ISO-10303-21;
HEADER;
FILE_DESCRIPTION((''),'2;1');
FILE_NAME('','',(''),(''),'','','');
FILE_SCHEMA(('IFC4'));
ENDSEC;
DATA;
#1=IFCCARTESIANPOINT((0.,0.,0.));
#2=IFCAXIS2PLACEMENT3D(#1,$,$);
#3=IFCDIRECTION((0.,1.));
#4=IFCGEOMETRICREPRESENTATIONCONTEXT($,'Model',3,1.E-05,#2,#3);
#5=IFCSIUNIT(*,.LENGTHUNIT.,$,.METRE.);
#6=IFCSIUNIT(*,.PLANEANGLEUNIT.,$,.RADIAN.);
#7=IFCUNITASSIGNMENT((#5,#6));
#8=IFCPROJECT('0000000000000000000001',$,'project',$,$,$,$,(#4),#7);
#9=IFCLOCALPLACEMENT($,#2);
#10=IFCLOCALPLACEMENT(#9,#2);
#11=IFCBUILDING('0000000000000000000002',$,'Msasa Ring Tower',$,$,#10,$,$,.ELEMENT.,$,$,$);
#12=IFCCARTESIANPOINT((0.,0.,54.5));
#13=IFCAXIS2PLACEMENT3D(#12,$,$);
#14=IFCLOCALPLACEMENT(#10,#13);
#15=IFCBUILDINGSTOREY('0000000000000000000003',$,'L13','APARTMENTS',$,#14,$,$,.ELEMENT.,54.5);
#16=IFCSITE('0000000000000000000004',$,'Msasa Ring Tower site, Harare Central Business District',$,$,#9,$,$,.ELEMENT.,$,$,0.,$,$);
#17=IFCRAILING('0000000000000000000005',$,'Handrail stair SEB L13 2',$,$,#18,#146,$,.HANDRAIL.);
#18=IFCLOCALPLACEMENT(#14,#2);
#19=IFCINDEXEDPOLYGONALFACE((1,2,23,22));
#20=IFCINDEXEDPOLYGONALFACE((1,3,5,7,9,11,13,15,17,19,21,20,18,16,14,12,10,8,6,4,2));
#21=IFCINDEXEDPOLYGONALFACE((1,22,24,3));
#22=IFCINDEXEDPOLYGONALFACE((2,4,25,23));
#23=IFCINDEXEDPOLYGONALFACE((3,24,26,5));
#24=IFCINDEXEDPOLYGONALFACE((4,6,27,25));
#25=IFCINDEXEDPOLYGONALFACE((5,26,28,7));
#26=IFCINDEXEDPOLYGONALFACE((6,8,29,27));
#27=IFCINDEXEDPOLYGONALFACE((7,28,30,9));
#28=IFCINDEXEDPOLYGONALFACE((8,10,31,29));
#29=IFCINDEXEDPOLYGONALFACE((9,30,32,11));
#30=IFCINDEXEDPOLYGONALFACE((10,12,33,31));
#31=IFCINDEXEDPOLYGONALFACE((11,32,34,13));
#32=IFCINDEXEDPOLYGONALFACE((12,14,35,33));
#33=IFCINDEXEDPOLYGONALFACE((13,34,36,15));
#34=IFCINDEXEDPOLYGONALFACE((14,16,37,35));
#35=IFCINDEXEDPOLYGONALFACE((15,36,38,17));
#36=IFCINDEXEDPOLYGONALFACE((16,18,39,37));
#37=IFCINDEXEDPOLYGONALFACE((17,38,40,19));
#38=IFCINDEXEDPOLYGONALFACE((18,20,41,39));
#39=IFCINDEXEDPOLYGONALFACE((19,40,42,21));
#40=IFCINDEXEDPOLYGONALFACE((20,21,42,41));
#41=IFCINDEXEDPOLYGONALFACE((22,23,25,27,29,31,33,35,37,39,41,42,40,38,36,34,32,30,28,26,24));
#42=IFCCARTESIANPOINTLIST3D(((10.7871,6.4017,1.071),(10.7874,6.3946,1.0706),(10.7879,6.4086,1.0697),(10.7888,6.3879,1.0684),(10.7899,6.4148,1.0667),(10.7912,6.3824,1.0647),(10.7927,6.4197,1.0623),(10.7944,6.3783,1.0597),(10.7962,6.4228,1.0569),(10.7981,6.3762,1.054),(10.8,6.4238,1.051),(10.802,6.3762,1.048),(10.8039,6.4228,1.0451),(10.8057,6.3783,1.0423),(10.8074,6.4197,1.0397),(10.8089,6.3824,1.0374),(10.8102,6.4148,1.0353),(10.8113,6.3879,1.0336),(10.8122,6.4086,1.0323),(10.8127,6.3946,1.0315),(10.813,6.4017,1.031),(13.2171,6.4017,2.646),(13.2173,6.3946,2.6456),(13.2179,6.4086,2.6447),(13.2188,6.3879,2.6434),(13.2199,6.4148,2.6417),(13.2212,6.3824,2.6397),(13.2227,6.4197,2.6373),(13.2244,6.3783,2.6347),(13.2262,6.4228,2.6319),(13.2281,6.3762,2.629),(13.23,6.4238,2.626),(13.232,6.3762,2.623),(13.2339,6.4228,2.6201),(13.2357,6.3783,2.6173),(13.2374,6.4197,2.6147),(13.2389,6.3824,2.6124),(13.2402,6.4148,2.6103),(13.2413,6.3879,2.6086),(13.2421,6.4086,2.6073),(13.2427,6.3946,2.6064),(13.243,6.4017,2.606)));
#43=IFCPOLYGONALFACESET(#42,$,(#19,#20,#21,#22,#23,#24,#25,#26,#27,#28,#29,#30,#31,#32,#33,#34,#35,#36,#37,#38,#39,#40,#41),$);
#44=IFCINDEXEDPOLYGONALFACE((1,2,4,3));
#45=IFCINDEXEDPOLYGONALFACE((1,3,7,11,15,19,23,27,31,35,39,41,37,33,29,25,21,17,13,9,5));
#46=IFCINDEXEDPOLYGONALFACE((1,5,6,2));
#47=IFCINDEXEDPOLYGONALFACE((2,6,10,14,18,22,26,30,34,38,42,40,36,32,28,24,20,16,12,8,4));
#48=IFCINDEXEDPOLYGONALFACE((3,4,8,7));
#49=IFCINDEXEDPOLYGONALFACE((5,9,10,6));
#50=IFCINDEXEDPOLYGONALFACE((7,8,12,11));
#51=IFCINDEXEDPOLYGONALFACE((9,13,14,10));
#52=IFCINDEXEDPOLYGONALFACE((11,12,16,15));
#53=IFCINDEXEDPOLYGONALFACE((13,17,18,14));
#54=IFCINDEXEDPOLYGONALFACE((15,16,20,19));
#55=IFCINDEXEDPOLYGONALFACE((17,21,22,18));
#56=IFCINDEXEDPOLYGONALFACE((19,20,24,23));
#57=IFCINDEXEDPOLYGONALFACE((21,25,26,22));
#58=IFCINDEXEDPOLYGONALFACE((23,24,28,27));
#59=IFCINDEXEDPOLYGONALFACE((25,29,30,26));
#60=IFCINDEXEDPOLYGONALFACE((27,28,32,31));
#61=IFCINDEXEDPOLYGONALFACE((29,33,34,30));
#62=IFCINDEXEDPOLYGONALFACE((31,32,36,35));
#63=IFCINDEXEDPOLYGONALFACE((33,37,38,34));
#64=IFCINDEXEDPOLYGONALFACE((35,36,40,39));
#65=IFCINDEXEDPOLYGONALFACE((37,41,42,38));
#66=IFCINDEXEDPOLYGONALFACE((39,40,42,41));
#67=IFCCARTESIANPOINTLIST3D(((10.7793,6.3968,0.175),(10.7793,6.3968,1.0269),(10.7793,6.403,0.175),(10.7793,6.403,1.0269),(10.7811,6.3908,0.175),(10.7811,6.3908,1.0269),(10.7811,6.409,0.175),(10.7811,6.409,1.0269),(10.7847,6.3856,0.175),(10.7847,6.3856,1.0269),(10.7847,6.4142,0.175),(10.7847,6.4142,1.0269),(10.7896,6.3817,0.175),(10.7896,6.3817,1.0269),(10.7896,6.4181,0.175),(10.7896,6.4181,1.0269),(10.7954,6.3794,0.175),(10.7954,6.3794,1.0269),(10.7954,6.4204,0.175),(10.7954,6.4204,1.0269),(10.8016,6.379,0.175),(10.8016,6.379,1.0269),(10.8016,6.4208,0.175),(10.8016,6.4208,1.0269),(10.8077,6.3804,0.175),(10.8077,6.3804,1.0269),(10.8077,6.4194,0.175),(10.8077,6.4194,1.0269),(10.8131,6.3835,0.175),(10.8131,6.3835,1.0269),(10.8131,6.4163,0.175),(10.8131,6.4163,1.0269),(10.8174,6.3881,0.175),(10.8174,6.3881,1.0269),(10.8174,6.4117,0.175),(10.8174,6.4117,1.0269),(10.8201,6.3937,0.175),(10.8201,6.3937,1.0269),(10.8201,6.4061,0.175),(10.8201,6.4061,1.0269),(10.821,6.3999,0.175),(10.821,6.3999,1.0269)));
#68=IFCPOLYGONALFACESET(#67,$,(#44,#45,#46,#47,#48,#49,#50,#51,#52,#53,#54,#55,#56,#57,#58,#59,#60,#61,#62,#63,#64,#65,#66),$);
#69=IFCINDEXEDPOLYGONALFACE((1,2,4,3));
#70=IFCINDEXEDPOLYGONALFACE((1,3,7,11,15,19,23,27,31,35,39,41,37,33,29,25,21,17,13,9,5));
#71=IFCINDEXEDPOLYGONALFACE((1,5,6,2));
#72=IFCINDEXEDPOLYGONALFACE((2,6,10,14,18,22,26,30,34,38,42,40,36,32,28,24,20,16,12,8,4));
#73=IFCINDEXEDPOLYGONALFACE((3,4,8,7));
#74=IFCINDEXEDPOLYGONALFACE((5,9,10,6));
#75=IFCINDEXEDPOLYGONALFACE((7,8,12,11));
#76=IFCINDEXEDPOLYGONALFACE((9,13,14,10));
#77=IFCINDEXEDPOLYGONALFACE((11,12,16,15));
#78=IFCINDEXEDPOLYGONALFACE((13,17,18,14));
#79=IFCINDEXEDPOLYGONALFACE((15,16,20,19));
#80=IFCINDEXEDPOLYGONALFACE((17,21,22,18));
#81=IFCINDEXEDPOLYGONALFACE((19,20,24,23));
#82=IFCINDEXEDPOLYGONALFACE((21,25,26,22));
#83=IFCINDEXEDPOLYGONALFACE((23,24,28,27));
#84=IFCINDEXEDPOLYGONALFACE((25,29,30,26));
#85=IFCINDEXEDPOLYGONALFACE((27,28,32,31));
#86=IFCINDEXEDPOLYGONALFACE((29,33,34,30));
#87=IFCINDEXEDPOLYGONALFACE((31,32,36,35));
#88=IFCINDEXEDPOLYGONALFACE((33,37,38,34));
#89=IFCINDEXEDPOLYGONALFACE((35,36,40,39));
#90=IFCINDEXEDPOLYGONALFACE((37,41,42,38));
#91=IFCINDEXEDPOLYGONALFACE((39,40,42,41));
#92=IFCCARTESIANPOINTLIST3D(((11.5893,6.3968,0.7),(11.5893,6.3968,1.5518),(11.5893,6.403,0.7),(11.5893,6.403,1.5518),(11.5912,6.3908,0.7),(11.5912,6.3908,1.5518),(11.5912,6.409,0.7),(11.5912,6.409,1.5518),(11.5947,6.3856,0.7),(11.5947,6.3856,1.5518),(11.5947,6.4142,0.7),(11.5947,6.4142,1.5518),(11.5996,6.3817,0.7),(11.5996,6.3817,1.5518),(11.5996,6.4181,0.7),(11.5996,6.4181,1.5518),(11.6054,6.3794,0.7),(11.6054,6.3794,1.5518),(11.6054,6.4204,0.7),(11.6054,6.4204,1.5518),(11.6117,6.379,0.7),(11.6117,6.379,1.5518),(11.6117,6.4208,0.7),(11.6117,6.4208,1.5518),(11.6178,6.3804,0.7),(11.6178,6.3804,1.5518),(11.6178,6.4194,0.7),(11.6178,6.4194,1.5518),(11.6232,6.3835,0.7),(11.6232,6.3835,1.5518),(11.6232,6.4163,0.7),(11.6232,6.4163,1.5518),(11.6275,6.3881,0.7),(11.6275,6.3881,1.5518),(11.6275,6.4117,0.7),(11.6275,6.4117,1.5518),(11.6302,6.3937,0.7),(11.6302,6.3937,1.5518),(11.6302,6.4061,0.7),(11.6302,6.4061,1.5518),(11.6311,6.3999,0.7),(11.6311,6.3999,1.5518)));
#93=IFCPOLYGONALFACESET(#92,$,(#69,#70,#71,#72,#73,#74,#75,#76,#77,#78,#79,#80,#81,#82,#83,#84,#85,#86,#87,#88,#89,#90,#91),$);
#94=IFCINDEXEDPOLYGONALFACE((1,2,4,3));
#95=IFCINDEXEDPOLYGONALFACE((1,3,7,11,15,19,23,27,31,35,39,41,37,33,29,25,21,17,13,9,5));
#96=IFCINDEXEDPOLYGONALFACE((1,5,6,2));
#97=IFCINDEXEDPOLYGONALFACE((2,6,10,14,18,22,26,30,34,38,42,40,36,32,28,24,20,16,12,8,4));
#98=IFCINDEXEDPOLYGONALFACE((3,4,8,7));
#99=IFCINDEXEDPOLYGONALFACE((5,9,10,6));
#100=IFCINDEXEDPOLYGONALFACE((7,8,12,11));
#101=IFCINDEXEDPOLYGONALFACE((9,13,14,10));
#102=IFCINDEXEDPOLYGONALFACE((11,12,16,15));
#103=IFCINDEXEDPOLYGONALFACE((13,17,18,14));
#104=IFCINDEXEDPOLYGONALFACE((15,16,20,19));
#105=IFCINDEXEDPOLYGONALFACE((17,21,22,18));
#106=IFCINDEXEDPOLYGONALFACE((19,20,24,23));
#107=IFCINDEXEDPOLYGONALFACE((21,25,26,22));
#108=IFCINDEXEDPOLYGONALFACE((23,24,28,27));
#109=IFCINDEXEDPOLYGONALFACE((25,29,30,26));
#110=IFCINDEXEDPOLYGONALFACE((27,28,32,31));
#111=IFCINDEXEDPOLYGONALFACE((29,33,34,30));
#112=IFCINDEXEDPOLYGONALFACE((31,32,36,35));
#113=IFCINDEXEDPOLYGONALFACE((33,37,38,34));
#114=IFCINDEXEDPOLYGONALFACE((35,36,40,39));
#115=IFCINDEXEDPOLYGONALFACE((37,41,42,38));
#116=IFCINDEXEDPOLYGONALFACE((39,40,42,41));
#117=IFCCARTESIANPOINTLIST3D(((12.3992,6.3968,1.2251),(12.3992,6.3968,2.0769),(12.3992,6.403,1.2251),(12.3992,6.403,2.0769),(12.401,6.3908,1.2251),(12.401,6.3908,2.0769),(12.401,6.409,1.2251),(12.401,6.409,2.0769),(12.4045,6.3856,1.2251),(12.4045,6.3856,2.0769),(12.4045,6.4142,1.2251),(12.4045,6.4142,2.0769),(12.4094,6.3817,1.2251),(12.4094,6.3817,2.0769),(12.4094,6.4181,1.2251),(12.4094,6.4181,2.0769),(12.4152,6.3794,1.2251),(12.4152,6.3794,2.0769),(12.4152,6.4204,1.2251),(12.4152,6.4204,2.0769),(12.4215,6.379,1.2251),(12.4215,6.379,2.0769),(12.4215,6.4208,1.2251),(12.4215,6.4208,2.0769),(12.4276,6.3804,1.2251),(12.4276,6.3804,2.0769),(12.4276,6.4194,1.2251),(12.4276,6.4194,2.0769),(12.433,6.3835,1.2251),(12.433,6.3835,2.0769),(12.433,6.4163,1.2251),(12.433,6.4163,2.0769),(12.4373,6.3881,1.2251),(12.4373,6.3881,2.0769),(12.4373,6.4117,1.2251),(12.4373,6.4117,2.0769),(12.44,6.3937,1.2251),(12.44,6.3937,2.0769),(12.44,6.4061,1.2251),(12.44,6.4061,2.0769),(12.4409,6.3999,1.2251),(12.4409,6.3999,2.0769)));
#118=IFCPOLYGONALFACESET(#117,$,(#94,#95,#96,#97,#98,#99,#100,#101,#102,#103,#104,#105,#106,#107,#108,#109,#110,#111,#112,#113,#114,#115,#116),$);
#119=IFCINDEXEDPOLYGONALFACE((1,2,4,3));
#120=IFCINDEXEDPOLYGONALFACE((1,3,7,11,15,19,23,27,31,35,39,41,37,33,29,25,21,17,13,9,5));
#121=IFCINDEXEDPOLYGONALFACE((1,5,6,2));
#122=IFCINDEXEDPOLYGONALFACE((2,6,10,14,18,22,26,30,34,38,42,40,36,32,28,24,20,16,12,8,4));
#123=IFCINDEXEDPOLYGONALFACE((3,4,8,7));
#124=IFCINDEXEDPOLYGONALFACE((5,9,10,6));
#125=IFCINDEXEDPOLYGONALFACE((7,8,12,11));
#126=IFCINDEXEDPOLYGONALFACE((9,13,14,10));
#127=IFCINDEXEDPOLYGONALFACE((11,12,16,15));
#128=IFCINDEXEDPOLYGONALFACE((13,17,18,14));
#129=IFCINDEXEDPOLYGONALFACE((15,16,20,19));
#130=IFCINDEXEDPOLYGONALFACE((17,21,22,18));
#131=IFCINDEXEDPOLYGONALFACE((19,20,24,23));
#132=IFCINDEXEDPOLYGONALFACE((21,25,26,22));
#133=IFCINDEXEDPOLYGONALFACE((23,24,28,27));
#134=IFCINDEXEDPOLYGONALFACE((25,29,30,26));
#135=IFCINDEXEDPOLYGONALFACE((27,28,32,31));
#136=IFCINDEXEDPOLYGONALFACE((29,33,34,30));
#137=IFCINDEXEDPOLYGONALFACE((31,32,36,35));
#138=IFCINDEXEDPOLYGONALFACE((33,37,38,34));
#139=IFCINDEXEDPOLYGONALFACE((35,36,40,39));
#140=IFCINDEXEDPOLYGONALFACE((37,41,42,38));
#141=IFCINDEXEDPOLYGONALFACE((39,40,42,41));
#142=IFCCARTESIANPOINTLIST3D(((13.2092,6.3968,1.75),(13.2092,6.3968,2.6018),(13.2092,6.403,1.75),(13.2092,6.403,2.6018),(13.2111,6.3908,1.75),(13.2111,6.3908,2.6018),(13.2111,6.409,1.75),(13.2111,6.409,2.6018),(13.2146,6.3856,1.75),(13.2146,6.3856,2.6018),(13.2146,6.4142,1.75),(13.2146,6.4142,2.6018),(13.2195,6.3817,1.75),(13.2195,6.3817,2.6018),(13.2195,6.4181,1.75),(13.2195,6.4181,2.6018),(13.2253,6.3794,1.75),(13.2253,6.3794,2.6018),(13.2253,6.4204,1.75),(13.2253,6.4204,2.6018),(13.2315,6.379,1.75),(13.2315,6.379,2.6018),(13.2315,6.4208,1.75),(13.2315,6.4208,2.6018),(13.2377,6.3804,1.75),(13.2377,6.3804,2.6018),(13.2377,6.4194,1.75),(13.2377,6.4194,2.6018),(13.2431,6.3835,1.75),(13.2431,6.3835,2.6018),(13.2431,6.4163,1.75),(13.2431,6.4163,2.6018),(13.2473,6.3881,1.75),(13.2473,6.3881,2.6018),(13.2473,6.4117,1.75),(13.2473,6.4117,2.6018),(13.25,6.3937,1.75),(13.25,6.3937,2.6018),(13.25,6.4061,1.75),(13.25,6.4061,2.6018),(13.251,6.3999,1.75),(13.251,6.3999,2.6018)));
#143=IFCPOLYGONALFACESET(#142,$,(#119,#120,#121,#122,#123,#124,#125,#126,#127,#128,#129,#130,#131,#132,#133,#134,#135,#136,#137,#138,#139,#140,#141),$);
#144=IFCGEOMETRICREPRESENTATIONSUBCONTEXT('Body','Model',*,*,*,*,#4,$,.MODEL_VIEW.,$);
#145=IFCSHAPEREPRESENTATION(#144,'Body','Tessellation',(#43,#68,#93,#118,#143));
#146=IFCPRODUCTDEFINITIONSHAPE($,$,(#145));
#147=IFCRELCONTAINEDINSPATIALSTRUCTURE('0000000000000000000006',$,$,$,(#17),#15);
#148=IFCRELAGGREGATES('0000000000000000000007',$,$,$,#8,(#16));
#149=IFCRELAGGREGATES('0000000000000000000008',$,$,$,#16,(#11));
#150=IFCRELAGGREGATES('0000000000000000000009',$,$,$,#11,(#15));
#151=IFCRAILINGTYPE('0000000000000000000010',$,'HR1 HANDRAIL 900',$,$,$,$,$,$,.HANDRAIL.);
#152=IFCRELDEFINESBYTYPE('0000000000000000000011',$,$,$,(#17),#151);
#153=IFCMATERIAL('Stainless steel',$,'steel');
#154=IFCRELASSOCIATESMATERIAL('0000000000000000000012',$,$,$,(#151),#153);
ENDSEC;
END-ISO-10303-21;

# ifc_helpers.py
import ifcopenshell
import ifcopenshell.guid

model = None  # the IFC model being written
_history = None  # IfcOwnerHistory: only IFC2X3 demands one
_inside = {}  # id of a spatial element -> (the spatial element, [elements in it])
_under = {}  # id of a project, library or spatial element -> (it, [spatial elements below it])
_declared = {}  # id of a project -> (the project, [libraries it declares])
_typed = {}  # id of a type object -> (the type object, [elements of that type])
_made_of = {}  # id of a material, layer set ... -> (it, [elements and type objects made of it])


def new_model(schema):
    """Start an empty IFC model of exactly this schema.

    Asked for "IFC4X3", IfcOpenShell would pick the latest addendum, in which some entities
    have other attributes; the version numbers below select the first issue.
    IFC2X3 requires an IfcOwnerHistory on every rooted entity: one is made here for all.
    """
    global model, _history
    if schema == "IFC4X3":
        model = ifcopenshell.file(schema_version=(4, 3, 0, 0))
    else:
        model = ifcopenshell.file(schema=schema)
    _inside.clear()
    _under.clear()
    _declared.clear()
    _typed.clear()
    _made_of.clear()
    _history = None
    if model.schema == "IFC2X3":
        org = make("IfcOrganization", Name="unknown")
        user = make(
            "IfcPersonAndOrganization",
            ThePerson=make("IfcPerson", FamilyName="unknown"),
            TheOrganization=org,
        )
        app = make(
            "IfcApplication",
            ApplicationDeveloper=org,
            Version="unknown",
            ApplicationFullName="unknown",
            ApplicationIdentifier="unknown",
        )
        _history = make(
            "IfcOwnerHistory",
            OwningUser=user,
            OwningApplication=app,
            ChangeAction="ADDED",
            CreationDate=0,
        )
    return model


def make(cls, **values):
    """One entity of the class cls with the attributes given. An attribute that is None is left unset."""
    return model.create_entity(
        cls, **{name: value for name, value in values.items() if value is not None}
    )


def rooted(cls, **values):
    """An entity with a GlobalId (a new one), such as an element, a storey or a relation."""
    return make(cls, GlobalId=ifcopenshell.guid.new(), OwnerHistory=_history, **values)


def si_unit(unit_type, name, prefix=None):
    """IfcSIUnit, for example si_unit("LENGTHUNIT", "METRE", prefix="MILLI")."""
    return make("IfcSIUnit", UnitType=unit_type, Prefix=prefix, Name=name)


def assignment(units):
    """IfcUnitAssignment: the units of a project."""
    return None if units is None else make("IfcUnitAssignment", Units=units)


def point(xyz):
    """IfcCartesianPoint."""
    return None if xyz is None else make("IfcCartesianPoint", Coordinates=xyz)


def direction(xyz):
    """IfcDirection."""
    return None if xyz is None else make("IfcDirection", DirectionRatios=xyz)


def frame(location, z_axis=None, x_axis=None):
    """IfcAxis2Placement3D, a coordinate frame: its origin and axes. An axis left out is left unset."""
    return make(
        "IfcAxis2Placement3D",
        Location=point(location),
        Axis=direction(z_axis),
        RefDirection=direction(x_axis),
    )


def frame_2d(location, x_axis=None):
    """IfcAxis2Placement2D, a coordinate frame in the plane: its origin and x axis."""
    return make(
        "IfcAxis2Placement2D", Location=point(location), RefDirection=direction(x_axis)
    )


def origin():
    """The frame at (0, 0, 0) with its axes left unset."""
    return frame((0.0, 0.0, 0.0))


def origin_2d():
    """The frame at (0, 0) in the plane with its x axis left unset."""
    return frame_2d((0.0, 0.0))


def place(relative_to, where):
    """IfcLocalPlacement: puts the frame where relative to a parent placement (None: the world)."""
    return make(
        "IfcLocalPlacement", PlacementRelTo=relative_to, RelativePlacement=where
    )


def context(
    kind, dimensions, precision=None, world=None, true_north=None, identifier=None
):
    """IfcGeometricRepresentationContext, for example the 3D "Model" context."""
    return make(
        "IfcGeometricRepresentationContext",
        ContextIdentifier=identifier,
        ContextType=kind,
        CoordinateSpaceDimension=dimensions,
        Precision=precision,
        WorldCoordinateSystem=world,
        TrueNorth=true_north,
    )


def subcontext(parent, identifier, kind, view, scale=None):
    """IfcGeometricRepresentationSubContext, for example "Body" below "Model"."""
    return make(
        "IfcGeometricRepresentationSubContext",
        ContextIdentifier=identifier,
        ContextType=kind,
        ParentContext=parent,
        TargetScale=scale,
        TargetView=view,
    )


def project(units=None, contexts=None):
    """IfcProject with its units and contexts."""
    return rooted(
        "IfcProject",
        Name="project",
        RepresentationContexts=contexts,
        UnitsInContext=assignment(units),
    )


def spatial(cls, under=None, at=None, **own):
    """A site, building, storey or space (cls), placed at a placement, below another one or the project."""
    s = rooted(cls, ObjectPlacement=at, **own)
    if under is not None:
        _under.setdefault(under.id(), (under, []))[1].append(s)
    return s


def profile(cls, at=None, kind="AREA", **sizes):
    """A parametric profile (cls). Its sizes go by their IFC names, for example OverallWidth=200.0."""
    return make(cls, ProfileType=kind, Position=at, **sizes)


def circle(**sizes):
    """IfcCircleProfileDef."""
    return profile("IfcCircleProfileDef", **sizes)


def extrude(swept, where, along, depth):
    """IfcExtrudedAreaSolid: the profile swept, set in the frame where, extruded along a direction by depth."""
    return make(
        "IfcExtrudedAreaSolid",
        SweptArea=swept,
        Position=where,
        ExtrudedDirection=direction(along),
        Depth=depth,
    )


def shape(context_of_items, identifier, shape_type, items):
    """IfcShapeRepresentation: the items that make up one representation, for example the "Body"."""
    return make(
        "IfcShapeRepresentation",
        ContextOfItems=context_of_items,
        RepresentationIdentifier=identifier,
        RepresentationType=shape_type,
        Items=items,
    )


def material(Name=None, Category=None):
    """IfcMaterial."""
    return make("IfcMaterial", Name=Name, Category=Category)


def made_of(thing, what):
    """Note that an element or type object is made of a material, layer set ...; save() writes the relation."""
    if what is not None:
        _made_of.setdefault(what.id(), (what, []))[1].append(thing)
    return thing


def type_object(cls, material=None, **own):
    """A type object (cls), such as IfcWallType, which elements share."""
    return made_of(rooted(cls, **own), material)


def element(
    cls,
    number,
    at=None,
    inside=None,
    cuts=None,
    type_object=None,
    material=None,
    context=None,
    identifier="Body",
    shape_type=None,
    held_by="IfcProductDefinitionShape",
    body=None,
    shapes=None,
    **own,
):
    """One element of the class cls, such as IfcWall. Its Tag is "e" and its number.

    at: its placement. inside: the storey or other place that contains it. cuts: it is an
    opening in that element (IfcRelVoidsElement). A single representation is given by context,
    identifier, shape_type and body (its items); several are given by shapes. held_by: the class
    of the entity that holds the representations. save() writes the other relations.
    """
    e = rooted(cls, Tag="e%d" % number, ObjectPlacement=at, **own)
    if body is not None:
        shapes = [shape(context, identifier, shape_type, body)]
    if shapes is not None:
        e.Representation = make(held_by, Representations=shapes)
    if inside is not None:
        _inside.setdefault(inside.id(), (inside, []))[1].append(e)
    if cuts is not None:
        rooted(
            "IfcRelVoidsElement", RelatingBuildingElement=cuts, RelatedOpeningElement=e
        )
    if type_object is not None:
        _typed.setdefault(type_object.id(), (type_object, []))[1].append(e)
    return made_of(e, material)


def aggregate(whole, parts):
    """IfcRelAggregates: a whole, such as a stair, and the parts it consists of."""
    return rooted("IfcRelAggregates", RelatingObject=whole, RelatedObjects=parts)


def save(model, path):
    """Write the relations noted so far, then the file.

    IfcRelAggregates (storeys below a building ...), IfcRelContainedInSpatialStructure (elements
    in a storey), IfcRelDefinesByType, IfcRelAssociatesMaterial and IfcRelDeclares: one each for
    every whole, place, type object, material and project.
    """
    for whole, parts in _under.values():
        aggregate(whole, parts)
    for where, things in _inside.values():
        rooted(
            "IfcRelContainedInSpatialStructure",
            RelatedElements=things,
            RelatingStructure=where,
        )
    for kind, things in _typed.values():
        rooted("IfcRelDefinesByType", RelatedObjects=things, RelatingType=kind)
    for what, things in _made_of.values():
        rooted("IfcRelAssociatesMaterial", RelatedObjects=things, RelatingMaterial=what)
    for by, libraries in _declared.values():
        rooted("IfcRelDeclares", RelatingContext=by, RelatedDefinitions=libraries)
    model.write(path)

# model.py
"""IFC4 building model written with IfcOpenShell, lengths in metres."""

from ifc_helpers import new_model, si_unit, direction, frame, origin, origin_2d, place, context, subcontext, project, spatial, circle, extrude, material, type_object, element, save


model = new_model("IFC4")

# Units and contexts
model_context = context("Model", 3, precision=1e-05, world=origin(), true_north=direction((0.0, 1.0)))
body_context = subcontext(model_context, "Body", "Model", "MODEL_VIEW")
ifc_project = project(units=[si_unit("LENGTHUNIT", "METRE"), si_unit("PLANEANGLEUNIT", "RADIAN")], contexts=[model_context])

# Site, building, storey
site_placement = place(None, origin())
site = spatial("IfcSite", under=ifc_project, at=site_placement, Name="Msasa Ring Tower site, Harare Central Business District", CompositionType="ELEMENT", RefElevation=0.0)
building_placement = place(site_placement, origin())
building = spatial("IfcBuilding", under=site, at=building_placement, Name="Msasa Ring Tower", CompositionType="ELEMENT")
storey_placement = place(building_placement, frame((0.0, 0.0, 54.5)))
storey = spatial("IfcBuildingStorey", under=building, at=storey_placement, Name="L13", Description="APARTMENTS", CompositionType="ELEMENT", Elevation=54.5)

# Railing
ifc_material_1 = material(Name="Stainless steel", Category="steel")
railing_type = type_object("IfcRailingType", Name="HR1 HANDRAIL 900", PredefinedType="HANDRAIL", material=ifc_material_1)
for number, where, name in (
    (1, (10.8, 6.3999, 0.175), "Handrail stair SEB L13 2"),
):
    element("IfcRailing", number, at=place(storey_placement, frame(where)), inside=storey, type_object=railing_type, Name=name, PredefinedType="HANDRAIL", context=body_context, shape_type="SweptSolid", body=[
        extrude(circle(Radius=0.0239, at=origin_2d()), frame((0.0, 0.0, 0.876), z_axis=(0.839154, 0.0, 0.543894), x_axis=(0.0, 1.0, 0.0)), (0.0, 0.0, 1.0), 2.8958),
        extrude(circle(Radius=0.021, at=origin_2d()), origin(), (0.0, 0.0, 1.0), 0.8518),
        extrude(circle(Radius=0.021, at=origin_2d()), frame((0.8101, 0.0, 0.5249)), (0.0, 0.0, 1.0), 0.8518),
        extrude(circle(Radius=0.021, at=origin_2d()), frame((1.6199, 0.0, 1.05)), (0.0, 0.0, 1.0), 0.8518),
        extrude(circle(Radius=0.021, at=origin_2d()), frame((2.4299, 0.0, 1.575)), (0.0, 0.0, 1.0), 0.8518),
    ])

save(model, "model.ifc")
